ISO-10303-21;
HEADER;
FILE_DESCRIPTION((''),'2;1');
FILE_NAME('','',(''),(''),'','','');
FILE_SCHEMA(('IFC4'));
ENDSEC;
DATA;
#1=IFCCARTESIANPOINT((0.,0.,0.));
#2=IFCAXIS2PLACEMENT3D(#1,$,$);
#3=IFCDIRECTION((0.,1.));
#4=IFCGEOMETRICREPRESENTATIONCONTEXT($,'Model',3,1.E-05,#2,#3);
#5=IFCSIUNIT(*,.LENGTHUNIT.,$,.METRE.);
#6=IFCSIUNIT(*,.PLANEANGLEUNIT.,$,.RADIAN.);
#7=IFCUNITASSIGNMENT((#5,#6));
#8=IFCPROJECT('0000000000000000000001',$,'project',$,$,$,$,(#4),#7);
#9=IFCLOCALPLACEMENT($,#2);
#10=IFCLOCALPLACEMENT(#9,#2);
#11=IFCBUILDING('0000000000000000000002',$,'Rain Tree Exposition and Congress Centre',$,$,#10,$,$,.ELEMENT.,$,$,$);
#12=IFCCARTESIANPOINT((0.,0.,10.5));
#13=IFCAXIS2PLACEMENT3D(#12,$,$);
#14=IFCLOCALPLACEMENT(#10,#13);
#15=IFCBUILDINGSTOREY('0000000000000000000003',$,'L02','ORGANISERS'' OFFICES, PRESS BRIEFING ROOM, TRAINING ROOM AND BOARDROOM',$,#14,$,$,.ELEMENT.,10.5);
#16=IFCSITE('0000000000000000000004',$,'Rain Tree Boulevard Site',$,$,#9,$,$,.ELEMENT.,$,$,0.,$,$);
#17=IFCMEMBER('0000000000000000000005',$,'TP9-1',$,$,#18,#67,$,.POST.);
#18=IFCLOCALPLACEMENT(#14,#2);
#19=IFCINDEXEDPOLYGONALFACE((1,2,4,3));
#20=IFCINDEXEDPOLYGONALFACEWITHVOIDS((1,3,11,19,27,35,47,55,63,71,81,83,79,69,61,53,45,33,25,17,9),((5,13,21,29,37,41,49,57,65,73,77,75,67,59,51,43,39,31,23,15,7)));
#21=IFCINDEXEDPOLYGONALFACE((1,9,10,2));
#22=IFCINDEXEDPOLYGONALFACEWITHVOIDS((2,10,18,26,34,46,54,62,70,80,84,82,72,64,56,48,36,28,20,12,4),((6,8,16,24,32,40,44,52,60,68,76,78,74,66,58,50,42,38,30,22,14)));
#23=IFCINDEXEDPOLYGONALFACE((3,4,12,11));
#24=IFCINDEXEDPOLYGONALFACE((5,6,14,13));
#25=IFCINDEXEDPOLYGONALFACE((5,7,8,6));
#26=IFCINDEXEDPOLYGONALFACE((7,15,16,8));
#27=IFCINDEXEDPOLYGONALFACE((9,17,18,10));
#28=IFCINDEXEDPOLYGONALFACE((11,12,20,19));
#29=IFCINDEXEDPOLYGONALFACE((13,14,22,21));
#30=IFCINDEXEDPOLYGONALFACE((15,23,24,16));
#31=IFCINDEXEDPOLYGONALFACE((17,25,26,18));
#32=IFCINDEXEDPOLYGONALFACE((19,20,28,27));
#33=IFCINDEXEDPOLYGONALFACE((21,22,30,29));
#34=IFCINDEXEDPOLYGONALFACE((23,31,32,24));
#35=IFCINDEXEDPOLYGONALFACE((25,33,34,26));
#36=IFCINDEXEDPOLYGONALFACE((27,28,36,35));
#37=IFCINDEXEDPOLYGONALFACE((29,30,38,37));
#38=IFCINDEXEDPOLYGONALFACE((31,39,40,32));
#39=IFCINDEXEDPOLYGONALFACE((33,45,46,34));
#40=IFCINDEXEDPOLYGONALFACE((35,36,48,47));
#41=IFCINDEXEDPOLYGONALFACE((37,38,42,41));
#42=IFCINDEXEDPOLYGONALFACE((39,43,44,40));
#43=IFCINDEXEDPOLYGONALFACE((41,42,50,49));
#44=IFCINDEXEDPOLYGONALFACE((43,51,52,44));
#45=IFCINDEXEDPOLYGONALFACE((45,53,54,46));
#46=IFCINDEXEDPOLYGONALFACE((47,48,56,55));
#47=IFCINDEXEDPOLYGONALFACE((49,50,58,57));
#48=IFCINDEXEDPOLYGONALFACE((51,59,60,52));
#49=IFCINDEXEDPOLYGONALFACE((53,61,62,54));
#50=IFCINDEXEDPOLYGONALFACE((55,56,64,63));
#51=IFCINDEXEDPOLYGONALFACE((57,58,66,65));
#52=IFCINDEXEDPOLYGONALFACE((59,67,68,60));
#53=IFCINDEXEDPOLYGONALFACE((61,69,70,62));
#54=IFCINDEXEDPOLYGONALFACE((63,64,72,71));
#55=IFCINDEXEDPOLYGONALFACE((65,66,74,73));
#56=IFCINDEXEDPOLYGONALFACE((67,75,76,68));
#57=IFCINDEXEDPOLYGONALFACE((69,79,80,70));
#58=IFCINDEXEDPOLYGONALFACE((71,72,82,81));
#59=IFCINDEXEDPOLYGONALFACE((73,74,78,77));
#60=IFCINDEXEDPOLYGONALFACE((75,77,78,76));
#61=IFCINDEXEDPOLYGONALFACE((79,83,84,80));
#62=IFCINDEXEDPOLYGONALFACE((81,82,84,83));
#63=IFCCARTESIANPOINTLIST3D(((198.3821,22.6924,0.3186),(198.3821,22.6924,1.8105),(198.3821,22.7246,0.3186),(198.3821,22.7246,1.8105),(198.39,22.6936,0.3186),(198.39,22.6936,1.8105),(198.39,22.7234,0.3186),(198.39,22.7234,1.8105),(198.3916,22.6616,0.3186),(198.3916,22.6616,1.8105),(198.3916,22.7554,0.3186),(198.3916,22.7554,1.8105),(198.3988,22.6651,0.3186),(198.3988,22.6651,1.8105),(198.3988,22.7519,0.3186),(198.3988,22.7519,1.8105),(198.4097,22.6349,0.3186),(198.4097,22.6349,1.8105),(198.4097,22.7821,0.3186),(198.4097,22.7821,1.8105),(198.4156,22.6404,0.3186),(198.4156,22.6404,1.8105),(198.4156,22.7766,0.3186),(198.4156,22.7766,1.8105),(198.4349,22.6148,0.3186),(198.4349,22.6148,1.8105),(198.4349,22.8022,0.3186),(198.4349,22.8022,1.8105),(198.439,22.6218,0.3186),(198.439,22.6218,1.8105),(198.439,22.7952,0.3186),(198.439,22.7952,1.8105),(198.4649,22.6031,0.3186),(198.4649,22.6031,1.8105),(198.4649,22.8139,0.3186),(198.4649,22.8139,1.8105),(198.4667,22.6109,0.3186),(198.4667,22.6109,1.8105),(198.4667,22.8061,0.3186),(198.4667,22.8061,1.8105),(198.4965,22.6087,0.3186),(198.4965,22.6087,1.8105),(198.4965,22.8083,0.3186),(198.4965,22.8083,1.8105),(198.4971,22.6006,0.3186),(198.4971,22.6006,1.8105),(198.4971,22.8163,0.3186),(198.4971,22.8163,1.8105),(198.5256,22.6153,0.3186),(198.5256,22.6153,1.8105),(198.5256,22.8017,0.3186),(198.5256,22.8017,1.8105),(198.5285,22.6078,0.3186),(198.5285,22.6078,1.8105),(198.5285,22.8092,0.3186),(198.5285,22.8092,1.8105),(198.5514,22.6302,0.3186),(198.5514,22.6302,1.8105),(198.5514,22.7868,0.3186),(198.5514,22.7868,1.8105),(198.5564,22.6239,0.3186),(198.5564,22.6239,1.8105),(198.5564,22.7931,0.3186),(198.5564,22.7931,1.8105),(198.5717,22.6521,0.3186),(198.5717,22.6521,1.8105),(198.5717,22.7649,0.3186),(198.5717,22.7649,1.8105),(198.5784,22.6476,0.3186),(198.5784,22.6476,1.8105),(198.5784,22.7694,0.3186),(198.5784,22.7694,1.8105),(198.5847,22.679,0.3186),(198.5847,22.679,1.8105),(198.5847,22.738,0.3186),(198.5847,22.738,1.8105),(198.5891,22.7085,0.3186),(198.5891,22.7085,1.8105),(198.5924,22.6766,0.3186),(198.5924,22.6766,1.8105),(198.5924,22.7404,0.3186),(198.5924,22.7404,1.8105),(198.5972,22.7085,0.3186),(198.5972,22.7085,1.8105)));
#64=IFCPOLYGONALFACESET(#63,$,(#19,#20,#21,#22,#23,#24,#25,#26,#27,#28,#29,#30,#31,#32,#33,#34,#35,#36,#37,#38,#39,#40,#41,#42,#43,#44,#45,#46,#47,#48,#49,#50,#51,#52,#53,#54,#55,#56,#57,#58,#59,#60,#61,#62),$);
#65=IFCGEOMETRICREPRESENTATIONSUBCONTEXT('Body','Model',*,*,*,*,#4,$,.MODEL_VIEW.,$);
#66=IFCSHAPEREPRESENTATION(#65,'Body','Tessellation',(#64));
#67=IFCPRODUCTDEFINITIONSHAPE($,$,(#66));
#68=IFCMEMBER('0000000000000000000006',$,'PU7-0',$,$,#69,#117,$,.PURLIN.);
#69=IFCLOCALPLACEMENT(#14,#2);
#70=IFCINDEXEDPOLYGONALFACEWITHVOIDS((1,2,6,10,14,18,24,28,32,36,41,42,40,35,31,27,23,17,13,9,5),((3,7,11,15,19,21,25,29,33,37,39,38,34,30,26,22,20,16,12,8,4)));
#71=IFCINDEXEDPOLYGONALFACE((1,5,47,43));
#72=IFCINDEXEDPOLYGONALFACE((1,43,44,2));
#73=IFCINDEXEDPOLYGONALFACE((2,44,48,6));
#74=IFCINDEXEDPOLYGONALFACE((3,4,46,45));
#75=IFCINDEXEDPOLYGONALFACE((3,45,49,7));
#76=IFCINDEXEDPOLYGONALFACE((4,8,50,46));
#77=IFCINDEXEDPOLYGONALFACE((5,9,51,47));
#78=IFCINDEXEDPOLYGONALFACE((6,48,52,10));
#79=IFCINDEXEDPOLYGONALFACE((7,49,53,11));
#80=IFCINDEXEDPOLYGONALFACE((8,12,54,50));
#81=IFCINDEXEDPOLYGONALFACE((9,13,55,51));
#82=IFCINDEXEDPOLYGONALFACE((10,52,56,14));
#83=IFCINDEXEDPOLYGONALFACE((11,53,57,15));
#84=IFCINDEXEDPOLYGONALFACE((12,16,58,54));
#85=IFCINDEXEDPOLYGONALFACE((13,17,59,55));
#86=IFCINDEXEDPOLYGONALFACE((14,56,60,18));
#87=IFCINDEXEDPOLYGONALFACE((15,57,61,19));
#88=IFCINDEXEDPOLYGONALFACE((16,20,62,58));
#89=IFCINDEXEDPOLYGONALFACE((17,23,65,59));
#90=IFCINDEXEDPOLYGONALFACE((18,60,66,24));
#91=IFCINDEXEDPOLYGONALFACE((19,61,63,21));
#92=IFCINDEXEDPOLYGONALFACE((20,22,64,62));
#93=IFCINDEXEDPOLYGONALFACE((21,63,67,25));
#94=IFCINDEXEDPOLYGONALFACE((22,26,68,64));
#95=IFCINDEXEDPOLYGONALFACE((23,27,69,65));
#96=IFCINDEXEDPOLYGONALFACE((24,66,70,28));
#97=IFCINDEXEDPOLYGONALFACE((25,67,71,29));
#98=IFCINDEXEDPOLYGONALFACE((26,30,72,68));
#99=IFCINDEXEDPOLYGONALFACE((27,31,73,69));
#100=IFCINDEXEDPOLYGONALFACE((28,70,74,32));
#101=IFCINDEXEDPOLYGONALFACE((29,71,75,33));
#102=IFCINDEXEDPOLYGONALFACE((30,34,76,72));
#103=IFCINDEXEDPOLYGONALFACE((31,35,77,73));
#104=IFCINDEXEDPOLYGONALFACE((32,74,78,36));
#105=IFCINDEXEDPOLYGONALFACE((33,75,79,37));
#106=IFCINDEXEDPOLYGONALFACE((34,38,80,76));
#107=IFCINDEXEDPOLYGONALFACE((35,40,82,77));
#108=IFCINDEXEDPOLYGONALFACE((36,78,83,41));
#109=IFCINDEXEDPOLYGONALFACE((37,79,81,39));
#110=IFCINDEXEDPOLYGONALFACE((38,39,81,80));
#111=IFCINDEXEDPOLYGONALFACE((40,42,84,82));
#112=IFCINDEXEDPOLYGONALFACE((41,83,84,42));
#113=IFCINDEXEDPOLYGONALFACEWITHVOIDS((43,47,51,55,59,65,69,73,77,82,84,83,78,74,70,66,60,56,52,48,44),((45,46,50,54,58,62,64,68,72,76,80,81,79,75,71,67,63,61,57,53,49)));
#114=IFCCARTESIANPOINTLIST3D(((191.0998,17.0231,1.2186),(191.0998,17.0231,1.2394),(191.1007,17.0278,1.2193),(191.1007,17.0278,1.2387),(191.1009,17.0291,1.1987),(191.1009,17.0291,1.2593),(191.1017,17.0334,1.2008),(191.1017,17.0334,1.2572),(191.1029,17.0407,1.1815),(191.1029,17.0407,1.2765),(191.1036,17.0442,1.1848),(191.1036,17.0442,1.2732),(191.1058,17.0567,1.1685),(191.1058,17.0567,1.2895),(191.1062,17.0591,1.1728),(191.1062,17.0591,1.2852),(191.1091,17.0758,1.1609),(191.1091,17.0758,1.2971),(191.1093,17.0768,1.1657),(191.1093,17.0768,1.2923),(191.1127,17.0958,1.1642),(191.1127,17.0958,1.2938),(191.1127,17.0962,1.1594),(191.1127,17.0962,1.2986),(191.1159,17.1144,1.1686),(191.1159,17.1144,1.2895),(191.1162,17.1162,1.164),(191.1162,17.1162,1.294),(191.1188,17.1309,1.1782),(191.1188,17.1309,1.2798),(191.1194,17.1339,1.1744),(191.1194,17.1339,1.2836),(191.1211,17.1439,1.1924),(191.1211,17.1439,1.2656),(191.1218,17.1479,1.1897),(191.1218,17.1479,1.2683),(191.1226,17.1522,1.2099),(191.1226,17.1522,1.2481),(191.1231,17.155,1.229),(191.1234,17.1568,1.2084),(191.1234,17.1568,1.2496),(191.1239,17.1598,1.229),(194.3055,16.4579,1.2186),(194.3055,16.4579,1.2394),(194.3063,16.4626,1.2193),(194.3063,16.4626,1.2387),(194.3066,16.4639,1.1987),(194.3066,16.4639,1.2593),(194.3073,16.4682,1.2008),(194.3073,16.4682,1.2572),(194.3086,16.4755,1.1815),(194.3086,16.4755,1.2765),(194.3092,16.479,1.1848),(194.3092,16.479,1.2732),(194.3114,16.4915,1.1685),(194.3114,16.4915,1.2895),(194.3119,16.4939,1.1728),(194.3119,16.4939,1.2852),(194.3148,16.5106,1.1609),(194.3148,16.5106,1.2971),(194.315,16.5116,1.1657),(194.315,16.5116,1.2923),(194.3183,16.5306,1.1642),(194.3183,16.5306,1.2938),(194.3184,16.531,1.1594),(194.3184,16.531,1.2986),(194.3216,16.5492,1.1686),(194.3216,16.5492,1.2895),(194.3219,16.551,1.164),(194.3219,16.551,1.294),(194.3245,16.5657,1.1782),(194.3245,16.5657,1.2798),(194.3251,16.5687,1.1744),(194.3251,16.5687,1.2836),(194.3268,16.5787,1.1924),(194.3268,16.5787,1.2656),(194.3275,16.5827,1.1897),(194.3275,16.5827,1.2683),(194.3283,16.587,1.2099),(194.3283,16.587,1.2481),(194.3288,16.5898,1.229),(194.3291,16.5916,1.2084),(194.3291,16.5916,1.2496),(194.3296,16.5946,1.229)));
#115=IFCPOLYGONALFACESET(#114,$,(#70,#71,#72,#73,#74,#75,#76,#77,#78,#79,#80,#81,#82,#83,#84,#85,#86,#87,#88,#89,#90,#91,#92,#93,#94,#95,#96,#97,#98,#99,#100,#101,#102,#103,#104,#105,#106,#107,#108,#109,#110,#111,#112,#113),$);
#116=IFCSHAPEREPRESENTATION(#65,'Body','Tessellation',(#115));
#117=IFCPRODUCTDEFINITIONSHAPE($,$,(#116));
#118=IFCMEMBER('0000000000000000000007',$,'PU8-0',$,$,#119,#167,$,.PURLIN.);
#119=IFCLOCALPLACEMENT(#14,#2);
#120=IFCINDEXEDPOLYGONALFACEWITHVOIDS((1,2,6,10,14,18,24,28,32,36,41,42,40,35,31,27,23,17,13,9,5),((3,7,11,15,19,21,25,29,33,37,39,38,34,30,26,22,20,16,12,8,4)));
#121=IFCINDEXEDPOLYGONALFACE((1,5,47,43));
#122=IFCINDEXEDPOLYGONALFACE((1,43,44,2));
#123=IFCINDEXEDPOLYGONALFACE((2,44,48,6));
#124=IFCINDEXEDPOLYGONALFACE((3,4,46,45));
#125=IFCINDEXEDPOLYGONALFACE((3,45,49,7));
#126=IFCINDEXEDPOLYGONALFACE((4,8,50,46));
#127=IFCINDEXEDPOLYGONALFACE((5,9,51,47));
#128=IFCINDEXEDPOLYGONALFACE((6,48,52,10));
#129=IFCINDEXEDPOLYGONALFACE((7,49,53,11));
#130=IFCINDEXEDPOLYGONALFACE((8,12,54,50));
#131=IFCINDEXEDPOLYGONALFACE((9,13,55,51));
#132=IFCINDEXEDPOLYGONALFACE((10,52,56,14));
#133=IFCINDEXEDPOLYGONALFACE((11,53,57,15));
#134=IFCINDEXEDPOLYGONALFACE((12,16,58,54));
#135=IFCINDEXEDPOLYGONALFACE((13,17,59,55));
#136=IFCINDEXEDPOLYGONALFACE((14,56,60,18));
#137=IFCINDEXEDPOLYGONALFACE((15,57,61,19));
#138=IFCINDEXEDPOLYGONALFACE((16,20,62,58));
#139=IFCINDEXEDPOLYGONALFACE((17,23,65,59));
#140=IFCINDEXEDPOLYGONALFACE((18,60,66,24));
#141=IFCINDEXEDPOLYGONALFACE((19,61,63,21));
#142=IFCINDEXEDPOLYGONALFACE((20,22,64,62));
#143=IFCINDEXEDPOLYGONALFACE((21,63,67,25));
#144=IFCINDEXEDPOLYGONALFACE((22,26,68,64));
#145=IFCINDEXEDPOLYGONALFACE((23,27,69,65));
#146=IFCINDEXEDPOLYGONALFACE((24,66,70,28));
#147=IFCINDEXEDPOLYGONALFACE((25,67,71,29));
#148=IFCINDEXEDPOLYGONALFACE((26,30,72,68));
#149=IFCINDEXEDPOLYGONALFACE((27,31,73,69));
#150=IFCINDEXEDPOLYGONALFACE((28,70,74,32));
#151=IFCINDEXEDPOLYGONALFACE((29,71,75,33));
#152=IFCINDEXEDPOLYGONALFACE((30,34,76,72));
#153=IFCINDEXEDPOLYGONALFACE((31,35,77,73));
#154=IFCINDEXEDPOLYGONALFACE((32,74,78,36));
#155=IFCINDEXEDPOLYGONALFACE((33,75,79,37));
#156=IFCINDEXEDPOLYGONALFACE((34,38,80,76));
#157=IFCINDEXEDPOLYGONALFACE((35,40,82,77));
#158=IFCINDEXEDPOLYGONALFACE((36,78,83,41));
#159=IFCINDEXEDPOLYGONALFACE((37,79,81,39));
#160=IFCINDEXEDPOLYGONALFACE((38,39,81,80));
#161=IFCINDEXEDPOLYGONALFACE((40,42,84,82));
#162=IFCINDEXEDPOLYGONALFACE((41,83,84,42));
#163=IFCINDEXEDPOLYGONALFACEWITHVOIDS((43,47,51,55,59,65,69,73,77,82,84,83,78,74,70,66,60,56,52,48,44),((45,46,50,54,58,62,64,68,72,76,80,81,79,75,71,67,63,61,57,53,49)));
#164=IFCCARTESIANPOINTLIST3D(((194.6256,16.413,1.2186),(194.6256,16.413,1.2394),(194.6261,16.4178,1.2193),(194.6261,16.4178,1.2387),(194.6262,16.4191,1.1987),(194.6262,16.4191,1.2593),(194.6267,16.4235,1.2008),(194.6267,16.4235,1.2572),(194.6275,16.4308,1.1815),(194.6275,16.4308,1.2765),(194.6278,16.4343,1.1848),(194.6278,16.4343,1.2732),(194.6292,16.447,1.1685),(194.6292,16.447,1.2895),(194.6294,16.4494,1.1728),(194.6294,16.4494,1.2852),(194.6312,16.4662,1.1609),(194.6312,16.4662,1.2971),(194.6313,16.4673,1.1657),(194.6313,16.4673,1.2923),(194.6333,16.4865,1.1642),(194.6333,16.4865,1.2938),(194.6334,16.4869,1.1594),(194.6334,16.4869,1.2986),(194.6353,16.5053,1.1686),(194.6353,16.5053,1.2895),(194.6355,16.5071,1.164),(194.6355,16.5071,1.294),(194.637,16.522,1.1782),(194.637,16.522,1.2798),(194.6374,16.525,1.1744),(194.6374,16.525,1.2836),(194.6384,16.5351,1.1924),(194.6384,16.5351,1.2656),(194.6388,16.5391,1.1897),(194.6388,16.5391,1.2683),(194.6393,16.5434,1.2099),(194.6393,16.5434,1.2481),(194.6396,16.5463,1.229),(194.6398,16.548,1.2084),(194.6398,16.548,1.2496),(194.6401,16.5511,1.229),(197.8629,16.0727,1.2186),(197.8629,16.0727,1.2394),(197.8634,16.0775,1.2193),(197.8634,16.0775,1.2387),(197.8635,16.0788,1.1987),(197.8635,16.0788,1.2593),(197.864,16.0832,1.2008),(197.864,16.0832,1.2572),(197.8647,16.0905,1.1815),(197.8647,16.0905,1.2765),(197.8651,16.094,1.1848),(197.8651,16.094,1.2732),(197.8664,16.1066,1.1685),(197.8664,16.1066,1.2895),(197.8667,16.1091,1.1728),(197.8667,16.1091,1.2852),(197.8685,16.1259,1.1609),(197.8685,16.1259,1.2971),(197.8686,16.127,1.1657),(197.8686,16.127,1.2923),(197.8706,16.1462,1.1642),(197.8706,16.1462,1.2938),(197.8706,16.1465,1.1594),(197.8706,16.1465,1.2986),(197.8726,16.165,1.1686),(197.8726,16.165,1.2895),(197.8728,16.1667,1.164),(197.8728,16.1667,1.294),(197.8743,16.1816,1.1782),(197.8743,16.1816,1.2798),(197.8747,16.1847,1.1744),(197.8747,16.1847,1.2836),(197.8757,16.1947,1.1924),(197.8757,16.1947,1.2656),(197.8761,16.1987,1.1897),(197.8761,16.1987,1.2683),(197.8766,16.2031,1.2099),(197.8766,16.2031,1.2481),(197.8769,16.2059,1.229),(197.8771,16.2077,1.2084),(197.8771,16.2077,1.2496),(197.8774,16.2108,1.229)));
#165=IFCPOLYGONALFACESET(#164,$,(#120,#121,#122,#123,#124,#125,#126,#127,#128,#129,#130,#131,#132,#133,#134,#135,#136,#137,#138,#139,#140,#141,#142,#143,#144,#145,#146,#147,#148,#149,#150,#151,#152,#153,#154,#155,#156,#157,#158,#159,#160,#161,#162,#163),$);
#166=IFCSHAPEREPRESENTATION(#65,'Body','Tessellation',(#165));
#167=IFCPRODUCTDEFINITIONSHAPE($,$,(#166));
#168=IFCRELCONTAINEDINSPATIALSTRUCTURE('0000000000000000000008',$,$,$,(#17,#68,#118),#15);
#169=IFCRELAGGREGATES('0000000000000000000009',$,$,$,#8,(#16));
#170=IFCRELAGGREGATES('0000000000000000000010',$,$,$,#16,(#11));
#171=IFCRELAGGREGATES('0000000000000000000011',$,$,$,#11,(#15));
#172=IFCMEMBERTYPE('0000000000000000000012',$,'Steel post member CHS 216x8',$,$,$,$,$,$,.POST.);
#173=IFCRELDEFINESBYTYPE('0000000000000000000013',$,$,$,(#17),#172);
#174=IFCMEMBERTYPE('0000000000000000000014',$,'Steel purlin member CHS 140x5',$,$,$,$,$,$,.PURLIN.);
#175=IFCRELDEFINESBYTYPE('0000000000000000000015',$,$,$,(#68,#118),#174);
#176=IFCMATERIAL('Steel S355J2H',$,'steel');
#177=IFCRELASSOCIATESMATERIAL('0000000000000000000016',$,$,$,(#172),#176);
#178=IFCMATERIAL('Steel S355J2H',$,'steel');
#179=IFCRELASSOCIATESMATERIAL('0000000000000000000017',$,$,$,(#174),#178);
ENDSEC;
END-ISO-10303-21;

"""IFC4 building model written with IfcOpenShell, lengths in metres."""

from ifc_helpers import new_model, si_unit, direction, frame, origin, origin_2d, place, context, subcontext, project, spatial, hollow_circle, extrude, material, material_profile, profile_set, type_object, element, save


model = new_model("IFC4")

# Units and contexts
model_context = context("Model", 3, precision=1e-05, world=origin(), true_north=direction((0.0, 1.0)))
body_context = subcontext(model_context, "Body", "Model", "MODEL_VIEW")
ifc_project = project(units=[si_unit("LENGTHUNIT", "METRE"), si_unit("PLANEANGLEUNIT", "RADIAN")], contexts=[model_context])

# Site, building, storey
site_placement = place(None, origin())
site = spatial("IfcSite", under=ifc_project, at=site_placement, Name="Rain Tree Boulevard Site", CompositionType="ELEMENT", RefElevation=0.0)
building_placement = place(site_placement, origin())
building = spatial("IfcBuilding", under=site, at=building_placement, Name="Rain Tree Exposition and Congress Centre", CompositionType="ELEMENT")
storey_placement = place(building_placement, frame((0.0, 0.0, 10.5)))
storey = spatial("IfcBuildingStorey", under=building, at=storey_placement, Name="L02", Description="ORGANISERS' OFFICES, PRESS BRIEFING ROOM, TRAINING ROOM AND BOARDROOM", CompositionType="ELEMENT", Elevation=10.5)

# Members
ifc_material_1 = material(Name="Steel S355J2H", Category="steel")
ifc_material_profile_1 = material_profile(ifc_material_1, hollow_circle(Radius=0.1082, WallThickness=0.0081, at=origin_2d()), Name="CHS 216x8")
ifc_profile_set_1 = profile_set([ifc_material_profile_1], Name="Steel S355J2H")
member_type_1 = type_object("IfcMemberType", Name="Steel post member CHS 216x8", PredefinedType="POST", material=ifc_profile_set_1)
member_1_placement = place(storey_placement, frame((198.489, 22.7085, 0.3186), z_axis=(0.0, 0.0, 1.0), x_axis=(1.0, 0.0, 0.0)))
element("IfcMember", 1, at=member_1_placement, inside=storey, type_object=member_type_1, Name="TP9-1", PredefinedType="POST", context=body_context, shape_type="SweptSolid", body=[
    extrude(hollow_circle(Radius=0.1082, WallThickness=0.0081, at=origin_2d()), origin(), (0.0, 0.0, 1.0), 1.4919),
])
ifc_material_2 = material(Name="Steel S355J2H", Category="steel")
ifc_material_profile_2 = material_profile(ifc_material_2, hollow_circle(Radius=0.0698, WallThickness=0.0049, at=origin_2d()), Name="CHS 140x5")
ifc_profile_set_2 = profile_set([ifc_material_profile_2], Name="Steel S355J2H")
member_type_2 = type_object("IfcMemberType", Name="Steel purlin member CHS 140x5", PredefinedType="PURLIN", material=ifc_profile_set_2)
for number, where, z_axis, x_axis, name in (
    (2, (191.1118, 17.0911, 1.229), (0.98481, -0.173636, 0.0), (0.173636, 0.98481, 0.0), "PU7-0"),
    (3, (194.6328, 16.4817, 1.229), (0.994519, -0.104552, 0.0), (0.104552, 0.994519, 0.0), "PU8-0"),
):
    element("IfcMember", number, at=place(storey_placement, frame(where, z_axis=z_axis, x_axis=x_axis)), inside=storey, type_object=member_type_2, Name=name, PredefinedType="PURLIN", context=body_context, shape_type="SweptSolid", body=[
        extrude(hollow_circle(Radius=0.0698, WallThickness=0.0049, at=origin_2d()), origin(), (0.0, 0.0, 1.0), 3.2551),
    ])

save(model, "model.ifc")
